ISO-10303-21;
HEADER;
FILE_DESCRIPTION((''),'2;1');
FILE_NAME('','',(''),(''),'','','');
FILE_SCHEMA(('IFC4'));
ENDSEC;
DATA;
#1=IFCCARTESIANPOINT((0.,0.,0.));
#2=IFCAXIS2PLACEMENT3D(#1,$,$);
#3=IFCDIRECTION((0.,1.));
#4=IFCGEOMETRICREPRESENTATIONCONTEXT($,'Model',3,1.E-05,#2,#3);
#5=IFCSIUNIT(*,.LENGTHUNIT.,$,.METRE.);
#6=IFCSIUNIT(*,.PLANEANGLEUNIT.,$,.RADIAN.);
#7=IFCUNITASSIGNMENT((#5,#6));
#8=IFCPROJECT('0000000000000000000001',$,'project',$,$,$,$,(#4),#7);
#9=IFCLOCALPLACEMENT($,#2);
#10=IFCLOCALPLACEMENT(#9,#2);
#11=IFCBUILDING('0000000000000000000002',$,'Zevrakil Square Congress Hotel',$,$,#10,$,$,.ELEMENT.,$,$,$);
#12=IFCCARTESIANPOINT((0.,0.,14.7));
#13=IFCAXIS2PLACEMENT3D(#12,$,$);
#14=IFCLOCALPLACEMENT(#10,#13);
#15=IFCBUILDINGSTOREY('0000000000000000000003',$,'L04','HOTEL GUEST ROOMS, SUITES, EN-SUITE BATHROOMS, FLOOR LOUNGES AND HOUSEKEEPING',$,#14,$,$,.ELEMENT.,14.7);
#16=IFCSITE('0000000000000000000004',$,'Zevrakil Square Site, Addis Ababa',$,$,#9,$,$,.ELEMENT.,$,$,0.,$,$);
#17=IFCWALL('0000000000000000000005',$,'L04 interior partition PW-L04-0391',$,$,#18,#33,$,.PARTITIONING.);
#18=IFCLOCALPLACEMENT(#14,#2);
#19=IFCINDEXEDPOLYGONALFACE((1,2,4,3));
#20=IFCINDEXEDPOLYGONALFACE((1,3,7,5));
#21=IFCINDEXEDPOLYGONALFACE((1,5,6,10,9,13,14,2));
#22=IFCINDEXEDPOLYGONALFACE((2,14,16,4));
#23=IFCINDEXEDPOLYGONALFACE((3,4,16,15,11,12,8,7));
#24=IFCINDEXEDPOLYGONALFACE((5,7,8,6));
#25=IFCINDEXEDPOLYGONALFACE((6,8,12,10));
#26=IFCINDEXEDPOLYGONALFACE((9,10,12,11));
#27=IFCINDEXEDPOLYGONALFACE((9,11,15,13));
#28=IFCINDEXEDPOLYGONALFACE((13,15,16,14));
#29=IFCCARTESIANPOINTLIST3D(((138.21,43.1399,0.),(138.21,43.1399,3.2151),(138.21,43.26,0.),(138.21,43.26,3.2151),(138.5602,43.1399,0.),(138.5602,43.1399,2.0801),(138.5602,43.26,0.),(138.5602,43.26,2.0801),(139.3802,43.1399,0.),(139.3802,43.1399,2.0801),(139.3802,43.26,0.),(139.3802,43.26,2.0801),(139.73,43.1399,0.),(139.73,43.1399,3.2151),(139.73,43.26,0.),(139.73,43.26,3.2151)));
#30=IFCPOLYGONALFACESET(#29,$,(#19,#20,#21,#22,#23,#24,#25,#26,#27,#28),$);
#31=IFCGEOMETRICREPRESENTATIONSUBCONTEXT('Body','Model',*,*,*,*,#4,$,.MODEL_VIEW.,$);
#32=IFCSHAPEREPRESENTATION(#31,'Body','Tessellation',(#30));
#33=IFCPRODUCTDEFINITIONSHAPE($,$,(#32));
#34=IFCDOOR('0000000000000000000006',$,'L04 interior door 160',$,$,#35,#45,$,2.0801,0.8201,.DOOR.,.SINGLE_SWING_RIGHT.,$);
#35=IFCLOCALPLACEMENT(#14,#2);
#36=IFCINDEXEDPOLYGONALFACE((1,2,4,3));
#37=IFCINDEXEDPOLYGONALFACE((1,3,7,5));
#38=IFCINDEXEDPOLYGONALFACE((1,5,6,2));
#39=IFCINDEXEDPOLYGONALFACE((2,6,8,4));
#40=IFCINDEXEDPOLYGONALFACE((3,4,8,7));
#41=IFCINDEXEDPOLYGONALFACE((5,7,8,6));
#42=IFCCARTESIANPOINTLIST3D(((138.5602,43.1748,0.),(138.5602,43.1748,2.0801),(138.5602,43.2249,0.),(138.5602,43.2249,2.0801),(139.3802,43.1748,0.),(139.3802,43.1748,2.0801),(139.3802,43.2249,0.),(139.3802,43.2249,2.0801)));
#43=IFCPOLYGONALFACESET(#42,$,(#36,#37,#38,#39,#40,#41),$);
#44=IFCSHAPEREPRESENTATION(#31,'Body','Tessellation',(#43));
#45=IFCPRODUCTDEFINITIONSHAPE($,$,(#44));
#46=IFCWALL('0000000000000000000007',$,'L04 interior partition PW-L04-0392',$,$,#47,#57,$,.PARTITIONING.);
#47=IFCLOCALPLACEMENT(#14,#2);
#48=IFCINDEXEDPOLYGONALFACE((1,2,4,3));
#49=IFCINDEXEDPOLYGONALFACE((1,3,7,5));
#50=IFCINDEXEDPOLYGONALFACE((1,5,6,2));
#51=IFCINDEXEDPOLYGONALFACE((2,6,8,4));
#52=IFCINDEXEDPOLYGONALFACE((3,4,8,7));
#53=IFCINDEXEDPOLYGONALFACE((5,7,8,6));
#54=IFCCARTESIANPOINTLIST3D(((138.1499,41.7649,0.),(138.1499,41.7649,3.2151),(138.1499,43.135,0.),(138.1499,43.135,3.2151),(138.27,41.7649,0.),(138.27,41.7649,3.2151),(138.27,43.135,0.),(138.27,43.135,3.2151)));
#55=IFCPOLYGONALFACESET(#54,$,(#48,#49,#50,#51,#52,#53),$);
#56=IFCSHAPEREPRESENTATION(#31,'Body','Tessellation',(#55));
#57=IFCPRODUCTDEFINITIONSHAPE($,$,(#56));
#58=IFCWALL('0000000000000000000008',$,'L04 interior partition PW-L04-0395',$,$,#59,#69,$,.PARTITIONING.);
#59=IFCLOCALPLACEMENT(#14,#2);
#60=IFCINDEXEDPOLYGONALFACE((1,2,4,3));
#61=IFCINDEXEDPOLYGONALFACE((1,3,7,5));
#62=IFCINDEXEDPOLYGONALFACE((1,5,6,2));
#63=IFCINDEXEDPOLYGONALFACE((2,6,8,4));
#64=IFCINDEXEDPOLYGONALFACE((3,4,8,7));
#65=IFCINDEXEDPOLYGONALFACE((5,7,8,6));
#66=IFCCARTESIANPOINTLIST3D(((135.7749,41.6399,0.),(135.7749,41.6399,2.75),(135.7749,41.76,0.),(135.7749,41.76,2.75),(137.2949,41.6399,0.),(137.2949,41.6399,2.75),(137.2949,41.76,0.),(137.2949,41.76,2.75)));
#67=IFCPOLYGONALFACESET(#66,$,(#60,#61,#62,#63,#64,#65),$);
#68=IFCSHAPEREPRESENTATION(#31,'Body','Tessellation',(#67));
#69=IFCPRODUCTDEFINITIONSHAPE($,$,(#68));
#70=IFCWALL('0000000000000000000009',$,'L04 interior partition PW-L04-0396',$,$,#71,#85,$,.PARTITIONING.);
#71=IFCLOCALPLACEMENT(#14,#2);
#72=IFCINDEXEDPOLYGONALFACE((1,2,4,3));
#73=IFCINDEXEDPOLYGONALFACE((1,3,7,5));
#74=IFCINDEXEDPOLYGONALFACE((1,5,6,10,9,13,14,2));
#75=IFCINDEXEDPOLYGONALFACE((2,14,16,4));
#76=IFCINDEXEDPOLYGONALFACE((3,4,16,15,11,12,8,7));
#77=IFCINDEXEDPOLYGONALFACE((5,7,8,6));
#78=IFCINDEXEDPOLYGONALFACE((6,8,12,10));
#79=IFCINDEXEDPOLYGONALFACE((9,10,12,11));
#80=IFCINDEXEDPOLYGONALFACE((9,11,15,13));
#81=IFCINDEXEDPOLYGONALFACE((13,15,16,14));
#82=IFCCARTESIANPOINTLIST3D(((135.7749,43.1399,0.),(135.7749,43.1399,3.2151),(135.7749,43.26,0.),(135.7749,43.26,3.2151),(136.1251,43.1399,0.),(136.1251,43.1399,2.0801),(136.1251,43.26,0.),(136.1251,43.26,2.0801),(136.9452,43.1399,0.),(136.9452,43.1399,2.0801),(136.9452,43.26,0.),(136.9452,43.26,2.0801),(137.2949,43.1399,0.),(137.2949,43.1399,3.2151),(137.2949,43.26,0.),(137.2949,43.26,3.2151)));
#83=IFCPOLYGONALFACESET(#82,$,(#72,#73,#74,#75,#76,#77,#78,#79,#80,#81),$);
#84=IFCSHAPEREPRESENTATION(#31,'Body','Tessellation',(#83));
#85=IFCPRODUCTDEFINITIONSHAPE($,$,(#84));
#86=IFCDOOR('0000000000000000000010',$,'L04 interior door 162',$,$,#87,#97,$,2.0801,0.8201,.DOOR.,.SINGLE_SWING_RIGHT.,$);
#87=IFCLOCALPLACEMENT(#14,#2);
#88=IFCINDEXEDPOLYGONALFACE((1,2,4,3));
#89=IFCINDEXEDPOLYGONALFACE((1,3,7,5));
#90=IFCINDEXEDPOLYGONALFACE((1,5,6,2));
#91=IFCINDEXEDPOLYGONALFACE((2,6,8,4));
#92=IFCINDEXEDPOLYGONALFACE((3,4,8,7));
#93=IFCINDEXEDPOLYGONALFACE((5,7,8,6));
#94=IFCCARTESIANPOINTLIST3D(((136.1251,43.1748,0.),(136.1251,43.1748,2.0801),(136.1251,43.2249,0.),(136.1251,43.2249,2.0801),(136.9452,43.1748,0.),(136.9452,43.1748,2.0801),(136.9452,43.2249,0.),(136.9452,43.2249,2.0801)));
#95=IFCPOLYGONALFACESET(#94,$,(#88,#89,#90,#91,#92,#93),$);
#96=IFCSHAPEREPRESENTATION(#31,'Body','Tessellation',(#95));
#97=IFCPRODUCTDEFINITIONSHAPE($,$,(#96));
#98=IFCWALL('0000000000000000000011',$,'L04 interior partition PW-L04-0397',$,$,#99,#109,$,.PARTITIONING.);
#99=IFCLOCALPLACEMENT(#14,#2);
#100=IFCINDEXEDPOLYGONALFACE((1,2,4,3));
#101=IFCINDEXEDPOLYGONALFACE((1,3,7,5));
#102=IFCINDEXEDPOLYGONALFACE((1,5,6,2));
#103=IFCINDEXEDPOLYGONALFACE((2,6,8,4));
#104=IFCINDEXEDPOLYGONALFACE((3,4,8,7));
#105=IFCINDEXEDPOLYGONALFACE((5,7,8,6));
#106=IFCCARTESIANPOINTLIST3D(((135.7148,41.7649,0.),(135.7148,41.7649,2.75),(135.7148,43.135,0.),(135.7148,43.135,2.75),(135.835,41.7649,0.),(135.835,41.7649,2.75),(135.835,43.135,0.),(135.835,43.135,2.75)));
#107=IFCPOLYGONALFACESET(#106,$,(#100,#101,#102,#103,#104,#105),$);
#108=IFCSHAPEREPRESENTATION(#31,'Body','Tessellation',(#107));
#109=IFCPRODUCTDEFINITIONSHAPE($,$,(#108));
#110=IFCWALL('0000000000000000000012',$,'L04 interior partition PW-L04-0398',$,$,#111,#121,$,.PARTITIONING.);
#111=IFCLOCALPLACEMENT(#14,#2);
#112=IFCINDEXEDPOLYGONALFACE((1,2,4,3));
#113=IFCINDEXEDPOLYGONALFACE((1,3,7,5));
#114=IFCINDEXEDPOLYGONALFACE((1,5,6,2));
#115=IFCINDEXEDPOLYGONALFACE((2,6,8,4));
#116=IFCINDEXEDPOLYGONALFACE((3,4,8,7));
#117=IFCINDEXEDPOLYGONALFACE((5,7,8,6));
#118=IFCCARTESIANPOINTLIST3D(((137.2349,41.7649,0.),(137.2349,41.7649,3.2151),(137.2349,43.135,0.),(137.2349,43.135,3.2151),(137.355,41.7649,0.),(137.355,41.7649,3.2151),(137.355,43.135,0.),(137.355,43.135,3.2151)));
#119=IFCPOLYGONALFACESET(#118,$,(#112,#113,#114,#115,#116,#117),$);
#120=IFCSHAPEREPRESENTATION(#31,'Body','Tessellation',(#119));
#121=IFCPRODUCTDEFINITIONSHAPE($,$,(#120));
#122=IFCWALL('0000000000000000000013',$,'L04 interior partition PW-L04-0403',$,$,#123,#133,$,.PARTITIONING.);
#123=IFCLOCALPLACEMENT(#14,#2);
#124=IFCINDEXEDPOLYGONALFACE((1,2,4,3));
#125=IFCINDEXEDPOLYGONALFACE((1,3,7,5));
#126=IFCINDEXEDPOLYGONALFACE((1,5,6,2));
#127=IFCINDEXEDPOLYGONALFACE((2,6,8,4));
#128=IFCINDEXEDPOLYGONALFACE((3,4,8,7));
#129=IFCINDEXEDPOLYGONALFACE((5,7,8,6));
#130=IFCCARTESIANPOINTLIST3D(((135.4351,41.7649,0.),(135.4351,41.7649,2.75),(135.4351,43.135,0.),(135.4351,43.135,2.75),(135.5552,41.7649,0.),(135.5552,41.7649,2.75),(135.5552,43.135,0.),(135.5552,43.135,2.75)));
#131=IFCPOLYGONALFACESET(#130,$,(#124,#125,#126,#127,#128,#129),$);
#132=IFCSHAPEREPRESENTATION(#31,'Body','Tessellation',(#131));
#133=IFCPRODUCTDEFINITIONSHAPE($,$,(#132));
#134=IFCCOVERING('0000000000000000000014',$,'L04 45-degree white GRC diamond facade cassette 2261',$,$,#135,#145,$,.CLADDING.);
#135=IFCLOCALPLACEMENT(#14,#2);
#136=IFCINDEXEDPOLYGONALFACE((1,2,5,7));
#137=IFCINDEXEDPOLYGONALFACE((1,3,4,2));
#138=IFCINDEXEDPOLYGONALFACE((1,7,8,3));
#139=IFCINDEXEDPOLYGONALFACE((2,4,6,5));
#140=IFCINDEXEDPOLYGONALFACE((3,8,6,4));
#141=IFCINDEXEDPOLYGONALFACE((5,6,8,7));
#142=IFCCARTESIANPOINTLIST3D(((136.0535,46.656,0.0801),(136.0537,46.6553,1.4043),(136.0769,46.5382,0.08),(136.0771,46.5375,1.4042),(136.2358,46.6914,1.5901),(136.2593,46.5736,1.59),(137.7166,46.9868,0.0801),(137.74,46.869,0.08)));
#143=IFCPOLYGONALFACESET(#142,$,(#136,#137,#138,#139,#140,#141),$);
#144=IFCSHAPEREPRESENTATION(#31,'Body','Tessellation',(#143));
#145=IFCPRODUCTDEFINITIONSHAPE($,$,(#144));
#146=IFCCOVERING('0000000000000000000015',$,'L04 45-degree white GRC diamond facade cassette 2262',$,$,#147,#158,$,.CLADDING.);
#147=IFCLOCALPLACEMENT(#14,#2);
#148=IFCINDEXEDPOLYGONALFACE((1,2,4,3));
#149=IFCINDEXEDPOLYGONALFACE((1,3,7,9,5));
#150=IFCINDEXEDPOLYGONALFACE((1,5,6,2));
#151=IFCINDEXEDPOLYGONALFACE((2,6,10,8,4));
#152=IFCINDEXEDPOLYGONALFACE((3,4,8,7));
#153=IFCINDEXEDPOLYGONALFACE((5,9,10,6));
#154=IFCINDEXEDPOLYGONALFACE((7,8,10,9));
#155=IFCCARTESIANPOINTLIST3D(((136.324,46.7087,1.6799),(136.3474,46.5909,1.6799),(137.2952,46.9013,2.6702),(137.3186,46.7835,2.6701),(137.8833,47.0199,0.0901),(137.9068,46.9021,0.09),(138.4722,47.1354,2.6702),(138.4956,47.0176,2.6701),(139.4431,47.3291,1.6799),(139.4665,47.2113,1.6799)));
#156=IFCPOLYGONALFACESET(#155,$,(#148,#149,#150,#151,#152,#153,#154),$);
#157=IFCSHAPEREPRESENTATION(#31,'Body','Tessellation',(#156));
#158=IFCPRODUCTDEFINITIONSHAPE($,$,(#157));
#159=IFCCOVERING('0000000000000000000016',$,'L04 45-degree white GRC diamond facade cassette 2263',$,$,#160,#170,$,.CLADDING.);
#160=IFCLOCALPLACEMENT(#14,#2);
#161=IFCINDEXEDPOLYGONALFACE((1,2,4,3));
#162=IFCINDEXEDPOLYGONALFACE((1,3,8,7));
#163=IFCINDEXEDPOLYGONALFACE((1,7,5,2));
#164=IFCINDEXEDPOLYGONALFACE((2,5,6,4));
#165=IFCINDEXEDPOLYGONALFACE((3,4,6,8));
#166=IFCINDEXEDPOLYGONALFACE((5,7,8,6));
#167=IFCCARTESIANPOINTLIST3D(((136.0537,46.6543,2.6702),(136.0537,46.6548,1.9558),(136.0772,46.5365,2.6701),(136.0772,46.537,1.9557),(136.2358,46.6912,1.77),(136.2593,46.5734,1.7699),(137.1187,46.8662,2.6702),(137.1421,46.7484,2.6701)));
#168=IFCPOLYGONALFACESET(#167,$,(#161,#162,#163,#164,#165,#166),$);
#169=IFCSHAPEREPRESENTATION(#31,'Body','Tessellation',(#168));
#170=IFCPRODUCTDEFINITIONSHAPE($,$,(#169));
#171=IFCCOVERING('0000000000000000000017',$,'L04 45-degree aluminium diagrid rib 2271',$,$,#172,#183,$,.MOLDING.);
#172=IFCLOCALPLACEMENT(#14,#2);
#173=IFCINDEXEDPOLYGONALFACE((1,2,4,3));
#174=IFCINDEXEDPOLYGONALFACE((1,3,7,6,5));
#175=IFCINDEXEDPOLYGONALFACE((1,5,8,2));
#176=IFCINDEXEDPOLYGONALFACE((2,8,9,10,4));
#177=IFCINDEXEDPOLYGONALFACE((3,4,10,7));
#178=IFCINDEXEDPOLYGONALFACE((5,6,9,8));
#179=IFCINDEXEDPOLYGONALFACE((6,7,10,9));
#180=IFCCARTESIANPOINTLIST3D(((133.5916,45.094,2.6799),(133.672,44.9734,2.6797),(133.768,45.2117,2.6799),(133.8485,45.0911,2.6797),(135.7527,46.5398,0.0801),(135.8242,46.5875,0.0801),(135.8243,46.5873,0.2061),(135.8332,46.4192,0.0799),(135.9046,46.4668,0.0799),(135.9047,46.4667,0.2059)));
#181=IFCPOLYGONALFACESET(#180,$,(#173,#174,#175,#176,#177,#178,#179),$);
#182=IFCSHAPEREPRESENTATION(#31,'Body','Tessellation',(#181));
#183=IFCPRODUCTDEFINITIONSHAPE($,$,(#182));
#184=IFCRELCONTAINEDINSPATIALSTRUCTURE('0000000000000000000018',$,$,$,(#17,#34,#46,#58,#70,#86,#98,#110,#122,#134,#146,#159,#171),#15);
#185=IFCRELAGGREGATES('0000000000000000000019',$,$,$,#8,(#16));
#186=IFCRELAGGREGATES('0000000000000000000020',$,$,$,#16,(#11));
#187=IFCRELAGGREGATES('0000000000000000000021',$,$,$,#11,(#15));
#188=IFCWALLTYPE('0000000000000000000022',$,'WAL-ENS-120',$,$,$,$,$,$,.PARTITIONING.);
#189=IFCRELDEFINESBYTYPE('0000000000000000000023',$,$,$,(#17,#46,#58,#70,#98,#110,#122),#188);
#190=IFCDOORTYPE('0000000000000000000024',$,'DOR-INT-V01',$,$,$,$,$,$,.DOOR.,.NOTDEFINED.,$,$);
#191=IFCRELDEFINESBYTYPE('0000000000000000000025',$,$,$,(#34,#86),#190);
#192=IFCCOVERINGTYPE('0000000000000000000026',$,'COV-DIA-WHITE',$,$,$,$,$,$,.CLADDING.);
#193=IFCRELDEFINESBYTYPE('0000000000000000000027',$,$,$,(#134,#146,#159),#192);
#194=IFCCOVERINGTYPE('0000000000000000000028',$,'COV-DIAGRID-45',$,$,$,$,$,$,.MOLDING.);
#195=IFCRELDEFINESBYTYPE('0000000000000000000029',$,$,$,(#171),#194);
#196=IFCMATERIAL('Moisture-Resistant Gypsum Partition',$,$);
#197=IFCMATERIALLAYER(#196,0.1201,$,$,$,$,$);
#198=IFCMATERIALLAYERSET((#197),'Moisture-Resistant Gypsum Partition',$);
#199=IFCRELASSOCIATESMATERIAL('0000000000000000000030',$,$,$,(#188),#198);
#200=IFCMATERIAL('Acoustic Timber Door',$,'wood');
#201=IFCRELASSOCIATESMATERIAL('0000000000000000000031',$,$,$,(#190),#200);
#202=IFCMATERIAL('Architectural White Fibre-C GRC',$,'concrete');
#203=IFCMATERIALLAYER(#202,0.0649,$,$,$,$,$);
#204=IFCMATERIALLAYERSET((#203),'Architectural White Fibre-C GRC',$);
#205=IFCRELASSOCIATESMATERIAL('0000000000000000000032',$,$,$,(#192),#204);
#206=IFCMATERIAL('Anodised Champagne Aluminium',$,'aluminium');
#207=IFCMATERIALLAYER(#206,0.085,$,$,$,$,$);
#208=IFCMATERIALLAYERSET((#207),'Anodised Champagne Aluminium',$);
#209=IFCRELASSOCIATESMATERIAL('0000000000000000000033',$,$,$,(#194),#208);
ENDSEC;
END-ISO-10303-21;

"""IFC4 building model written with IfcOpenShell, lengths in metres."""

from ifc_helpers import new_model, si_unit, direction, frame, frame_2d, origin, place, context, subcontext, project, spatial, polyline, rectangle, outline, extrude, material, layer, layer_set, type_object, element, fill, save


model = new_model("IFC4")

# Units and contexts
model_context = context("Model", 3, precision=1e-05, world=origin(), true_north=direction((0.0, 1.0)))
body_context = subcontext(model_context, "Body", "Model", "MODEL_VIEW")
ifc_project = project(units=[si_unit("LENGTHUNIT", "METRE"), si_unit("PLANEANGLEUNIT", "RADIAN")], contexts=[model_context])

# Site, building, storey
site_placement = place(None, origin())
site = spatial("IfcSite", under=ifc_project, at=site_placement, Name="Zevrakil Square Site, Addis Ababa", CompositionType="ELEMENT", RefElevation=0.0)
building_placement = place(site_placement, origin())
building = spatial("IfcBuilding", under=site, at=building_placement, Name="Zevrakil Square Congress Hotel", CompositionType="ELEMENT")
storey_placement = place(building_placement, frame((0.0, 0.0, 14.7)))
storey = spatial("IfcBuildingStorey", under=building, at=storey_placement, Name="L04", Description="HOTEL GUEST ROOMS, SUITES, EN-SUITE BATHROOMS, FLOOR LOUNGES AND HOUSEKEEPING", CompositionType="ELEMENT", Elevation=14.7)

# Shared definitions
ifc_material_1 = material(Name="Moisture-Resistant Gypsum Partition")
ifc_layer_1 = layer(ifc_material_1, 0.1201)
ifc_layer_set_1 = layer_set([ifc_layer_1], Name="Moisture-Resistant Gypsum Partition")
wall_type = type_object("IfcWallType", Name="WAL-ENS-120", PredefinedType="PARTITIONING", material=ifc_layer_set_1)

# Wall, opening, door
wall_1_placement = place(storey_placement, frame((138.21, 43.2, 0.0), z_axis=(0.0, 0.0, 1.0), x_axis=(1.0, 0.0, 0.0)))
wall_1 = element("IfcWall", 1, at=wall_1_placement, inside=storey, type_object=wall_type, Name="L04 interior partition PW-L04-0391", PredefinedType="PARTITIONING", context=body_context, shape_type="SweptSolid", body=[
    extrude(rectangle(XDim=1.52, YDim=0.1201, at=frame_2d((0.76, 0.0))), origin(), (0.0, 0.0, 1.0), 3.2151),
])
opening_1_placement = place(wall_1_placement, frame((0.3501, 0.0, 0.0)))
opening_1 = element("IfcOpeningElement", 2, at=opening_1_placement, cuts=wall_1, PredefinedType="OPENING", context=body_context, shape_type="SweptSolid", body=[
    extrude(rectangle(XDim=0.8201, YDim=2.0801, at=frame_2d((0.4102, 1.04))), frame((0.0, 0.0701, 0.0), z_axis=(0.0, -1.0, 0.0), x_axis=(1.0, 0.0, 0.0)), (0.0, 0.0, 1.0), 0.1401),
])
ifc_material_2 = material(Name="Acoustic Timber Door", Category="wood")
door_type = type_object("IfcDoorType", Name="DOR-INT-V01", OperationType="NOTDEFINED", PredefinedType="DOOR", material=ifc_material_2)
door_1_placement = place(opening_1_placement, origin())
door_1 = element("IfcDoor", 3, at=door_1_placement, inside=storey, type_object=door_type, Name="L04 interior door 160", OperationType="SINGLE_SWING_RIGHT", OverallHeight=2.0801, OverallWidth=0.8201, PredefinedType="DOOR", context=body_context, shape_type="SweptSolid", body=[
    extrude(rectangle(XDim=0.8201, YDim=2.0801, at=frame_2d((0.4102, 1.04))), frame((0.0, 0.0249, 0.0), z_axis=(0.0, -1.0, 0.0), x_axis=(1.0, 0.0, 0.0)), (0.0, 0.0, 1.0), 0.05),
])
fill(opening_1, door_1)

# Walls
wall_2_placement = place(storey_placement, frame((138.21, 41.7649, 0.0), z_axis=(0.0, 0.0, 1.0), x_axis=(0.0, 1.0, 0.0)))
element("IfcWall", 4, at=wall_2_placement, inside=storey, type_object=wall_type, Name="L04 interior partition PW-L04-0392", PredefinedType="PARTITIONING", context=body_context, shape_type="SweptSolid", body=[
    extrude(rectangle(XDim=1.3701, YDim=0.1201, at=frame_2d((0.6851, 0.0))), origin(), (0.0, 0.0, 1.0), 3.2151),
])
wall_3_placement = place(storey_placement, frame((135.7749, 41.7, 0.0), z_axis=(0.0, 0.0, 1.0), x_axis=(1.0, 0.0, 0.0)))
element("IfcWall", 5, at=wall_3_placement, inside=storey, type_object=wall_type, Name="L04 interior partition PW-L04-0395", PredefinedType="PARTITIONING", context=body_context, shape_type="SweptSolid", body=[
    extrude(rectangle(XDim=1.52, YDim=0.1201, at=frame_2d((0.76, 0.0))), origin(), (0.0, 0.0, 1.0), 2.75),
])

# Wall, opening, door
wall_4_placement = place(storey_placement, frame((135.7749, 43.2, 0.0), z_axis=(0.0, 0.0, 1.0), x_axis=(1.0, 0.0, 0.0)))
wall_4 = element("IfcWall", 6, at=wall_4_placement, inside=storey, type_object=wall_type, Name="L04 interior partition PW-L04-0396", PredefinedType="PARTITIONING", context=body_context, shape_type="SweptSolid", body=[
    extrude(rectangle(XDim=1.52, YDim=0.1201, at=frame_2d((0.76, 0.0))), origin(), (0.0, 0.0, 1.0), 3.2151),
])
opening_2_placement = place(wall_4_placement, frame((0.3501, 0.0, 0.0)))
opening_2 = element("IfcOpeningElement", 7, at=opening_2_placement, cuts=wall_4, PredefinedType="OPENING", context=body_context, shape_type="SweptSolid", body=[
    extrude(rectangle(XDim=0.8201, YDim=2.0801, at=frame_2d((0.4102, 1.04))), frame((0.0, 0.0701, 0.0), z_axis=(0.0, -1.0, 0.0), x_axis=(1.0, 0.0, 0.0)), (0.0, 0.0, 1.0), 0.1401),
])
door_2_placement = place(opening_2_placement, origin())
door_2 = element("IfcDoor", 8, at=door_2_placement, inside=storey, type_object=door_type, Name="L04 interior door 162", OperationType="SINGLE_SWING_RIGHT", OverallHeight=2.0801, OverallWidth=0.8201, PredefinedType="DOOR", context=body_context, shape_type="SweptSolid", body=[
    extrude(rectangle(XDim=0.8201, YDim=2.0801, at=frame_2d((0.4102, 1.04))), frame((0.0, 0.0249, 0.0), z_axis=(0.0, -1.0, 0.0), x_axis=(1.0, 0.0, 0.0)), (0.0, 0.0, 1.0), 0.05),
])
fill(opening_2, door_2)

# Walls
wall_5_placement = place(storey_placement, frame((135.7749, 41.7649, 0.0), z_axis=(0.0, 0.0, 1.0), x_axis=(0.0, 1.0, 0.0)))
element("IfcWall", 9, at=wall_5_placement, inside=storey, type_object=wall_type, Name="L04 interior partition PW-L04-0397", PredefinedType="PARTITIONING", context=body_context, shape_type="SweptSolid", body=[
    extrude(rectangle(XDim=1.3701, YDim=0.1201, at=frame_2d((0.6851, 0.0))), origin(), (0.0, 0.0, 1.0), 2.75),
])
wall_6_placement = place(storey_placement, frame((137.2949, 41.7649, 0.0), z_axis=(0.0, 0.0, 1.0), x_axis=(0.0, 1.0, 0.0)))
element("IfcWall", 10, at=wall_6_placement, inside=storey, type_object=wall_type, Name="L04 interior partition PW-L04-0398", PredefinedType="PARTITIONING", context=body_context, shape_type="SweptSolid", body=[
    extrude(rectangle(XDim=1.3701, YDim=0.1201, at=frame_2d((0.6851, 0.0))), origin(), (0.0, 0.0, 1.0), 3.2151),
])
wall_7_placement = place(storey_placement, frame((135.4951, 41.7649, 0.0), z_axis=(0.0, 0.0, 1.0), x_axis=(0.0, 1.0, 0.0)))
element("IfcWall", 11, at=wall_7_placement, inside=storey, type_object=wall_type, Name="L04 interior partition PW-L04-0403", PredefinedType="PARTITIONING", context=body_context, shape_type="SweptSolid", body=[
    extrude(rectangle(XDim=1.3701, YDim=0.1201, at=frame_2d((0.6851, 0.0))), origin(), (0.0, 0.0, 1.0), 2.75),
])

# Coverings
ifc_material_3 = material(Name="Architectural White Fibre-C GRC", Category="concrete")
ifc_layer_2 = layer(ifc_material_3, 0.0649)
ifc_layer_set_2 = layer_set([ifc_layer_2], Name="Architectural White Fibre-C GRC")
covering_type_1 = type_object("IfcCoveringType", Name="COV-DIA-WHITE", PredefinedType="CLADDING", material=ifc_layer_set_2)
covering_1_placement = place(storey_placement, frame((136.2358, 46.6914, 1.5901), z_axis=(-0.195098, 0.980784, 0.00057), x_axis=(-0.693387, -0.137518, -0.707321)))
element("IfcCovering", 12, at=covering_1_placement, inside=storey, type_object=covering_type_1, Name="L04 45-degree white GRC diamond facade cassette 2261", PredefinedType="CLADDING", context=body_context, shape_type="SweptSolid", body=[
    extrude(outline(polyline([(0.0, 0.0), (0.2627, 0.0), (1.1994, -0.936), (0.0007, -2.1354), (0.0, 0.0)])), origin(), (0.0, 0.0, -1.0), 0.1201),
])
covering_2_placement = place(storey_placement, frame((136.324, 46.7087, 1.6799), z_axis=(-0.195072, 0.980789, 0.000615), x_axis=(0.693492, 0.138374, -0.707052)))
element("IfcCovering", 13, at=covering_2_placement, inside=storey, type_object=covering_type_1, Name="L04 45-degree white GRC diamond facade cassette 2262", PredefinedType="CLADDING", context=body_context, shape_type="SweptSolid", body=[
    extrude(outline(polyline([(0.0, 0.0), (2.2486, 0.0), (2.2489, -2.2486), (0.8487, -2.2488), (0.0, -1.4003), (0.0, 0.0)])), origin(), (0.0, 0.0, -1.0), 0.1201),
])
covering_3_placement = place(storey_placement, frame((136.2358, 46.6912, 1.77), z_axis=(-0.19517, 0.980769, 0.000678), x_axis=(0.693546, 0.137524, 0.707164)))
element("IfcCovering", 14, at=covering_3_placement, inside=storey, type_object=covering_type_1, Name="L04 45-degree white GRC diamond facade cassette 2263", PredefinedType="CLADDING", context=body_context, shape_type="SweptSolid", body=[
    extrude(outline(polyline([(0.0, 0.0), (1.2729, 0.0), (0.5052, -0.7679), (0.0001, -0.2627), (0.0, 0.0)])), origin(), (0.0, 0.0, -1.0), 0.1201),
])
ifc_material_4 = material(Name="Anodised Champagne Aluminium", Category="aluminium")
ifc_layer_3 = layer(ifc_material_4, 0.085)
ifc_layer_set_3 = layer_set([ifc_layer_3], Name="Anodised Champagne Aluminium")
covering_type_2 = type_object("IfcCoveringType", Name="COV-DIAGRID-45", PredefinedType="MOLDING", material=ifc_layer_set_3)
covering_4_placement = place(storey_placement, frame((135.7527, 46.5398, 0.0801), z_axis=(-0.554963, 0.831874, 0.0013), x_axis=(0.831874, 0.554964, 0.000001)))
element("IfcCovering", 15, at=covering_4_placement, inside=storey, type_object=covering_type_2, Name="L04 45-degree aluminium diagrid rib 2271", PredefinedType="MOLDING", context=body_context, shape_type="SweptSolid", body=[
    extrude(outline(polyline([(0.0, 0.0), (0.0859, 0.0), (0.0859, -0.126), (-2.388, -2.5999), (-2.6002, -2.5999), (0.0, 0.0)])), origin(), (0.0, 0.0, -1.0), 0.145),
])

save(model, "model.ifc")
